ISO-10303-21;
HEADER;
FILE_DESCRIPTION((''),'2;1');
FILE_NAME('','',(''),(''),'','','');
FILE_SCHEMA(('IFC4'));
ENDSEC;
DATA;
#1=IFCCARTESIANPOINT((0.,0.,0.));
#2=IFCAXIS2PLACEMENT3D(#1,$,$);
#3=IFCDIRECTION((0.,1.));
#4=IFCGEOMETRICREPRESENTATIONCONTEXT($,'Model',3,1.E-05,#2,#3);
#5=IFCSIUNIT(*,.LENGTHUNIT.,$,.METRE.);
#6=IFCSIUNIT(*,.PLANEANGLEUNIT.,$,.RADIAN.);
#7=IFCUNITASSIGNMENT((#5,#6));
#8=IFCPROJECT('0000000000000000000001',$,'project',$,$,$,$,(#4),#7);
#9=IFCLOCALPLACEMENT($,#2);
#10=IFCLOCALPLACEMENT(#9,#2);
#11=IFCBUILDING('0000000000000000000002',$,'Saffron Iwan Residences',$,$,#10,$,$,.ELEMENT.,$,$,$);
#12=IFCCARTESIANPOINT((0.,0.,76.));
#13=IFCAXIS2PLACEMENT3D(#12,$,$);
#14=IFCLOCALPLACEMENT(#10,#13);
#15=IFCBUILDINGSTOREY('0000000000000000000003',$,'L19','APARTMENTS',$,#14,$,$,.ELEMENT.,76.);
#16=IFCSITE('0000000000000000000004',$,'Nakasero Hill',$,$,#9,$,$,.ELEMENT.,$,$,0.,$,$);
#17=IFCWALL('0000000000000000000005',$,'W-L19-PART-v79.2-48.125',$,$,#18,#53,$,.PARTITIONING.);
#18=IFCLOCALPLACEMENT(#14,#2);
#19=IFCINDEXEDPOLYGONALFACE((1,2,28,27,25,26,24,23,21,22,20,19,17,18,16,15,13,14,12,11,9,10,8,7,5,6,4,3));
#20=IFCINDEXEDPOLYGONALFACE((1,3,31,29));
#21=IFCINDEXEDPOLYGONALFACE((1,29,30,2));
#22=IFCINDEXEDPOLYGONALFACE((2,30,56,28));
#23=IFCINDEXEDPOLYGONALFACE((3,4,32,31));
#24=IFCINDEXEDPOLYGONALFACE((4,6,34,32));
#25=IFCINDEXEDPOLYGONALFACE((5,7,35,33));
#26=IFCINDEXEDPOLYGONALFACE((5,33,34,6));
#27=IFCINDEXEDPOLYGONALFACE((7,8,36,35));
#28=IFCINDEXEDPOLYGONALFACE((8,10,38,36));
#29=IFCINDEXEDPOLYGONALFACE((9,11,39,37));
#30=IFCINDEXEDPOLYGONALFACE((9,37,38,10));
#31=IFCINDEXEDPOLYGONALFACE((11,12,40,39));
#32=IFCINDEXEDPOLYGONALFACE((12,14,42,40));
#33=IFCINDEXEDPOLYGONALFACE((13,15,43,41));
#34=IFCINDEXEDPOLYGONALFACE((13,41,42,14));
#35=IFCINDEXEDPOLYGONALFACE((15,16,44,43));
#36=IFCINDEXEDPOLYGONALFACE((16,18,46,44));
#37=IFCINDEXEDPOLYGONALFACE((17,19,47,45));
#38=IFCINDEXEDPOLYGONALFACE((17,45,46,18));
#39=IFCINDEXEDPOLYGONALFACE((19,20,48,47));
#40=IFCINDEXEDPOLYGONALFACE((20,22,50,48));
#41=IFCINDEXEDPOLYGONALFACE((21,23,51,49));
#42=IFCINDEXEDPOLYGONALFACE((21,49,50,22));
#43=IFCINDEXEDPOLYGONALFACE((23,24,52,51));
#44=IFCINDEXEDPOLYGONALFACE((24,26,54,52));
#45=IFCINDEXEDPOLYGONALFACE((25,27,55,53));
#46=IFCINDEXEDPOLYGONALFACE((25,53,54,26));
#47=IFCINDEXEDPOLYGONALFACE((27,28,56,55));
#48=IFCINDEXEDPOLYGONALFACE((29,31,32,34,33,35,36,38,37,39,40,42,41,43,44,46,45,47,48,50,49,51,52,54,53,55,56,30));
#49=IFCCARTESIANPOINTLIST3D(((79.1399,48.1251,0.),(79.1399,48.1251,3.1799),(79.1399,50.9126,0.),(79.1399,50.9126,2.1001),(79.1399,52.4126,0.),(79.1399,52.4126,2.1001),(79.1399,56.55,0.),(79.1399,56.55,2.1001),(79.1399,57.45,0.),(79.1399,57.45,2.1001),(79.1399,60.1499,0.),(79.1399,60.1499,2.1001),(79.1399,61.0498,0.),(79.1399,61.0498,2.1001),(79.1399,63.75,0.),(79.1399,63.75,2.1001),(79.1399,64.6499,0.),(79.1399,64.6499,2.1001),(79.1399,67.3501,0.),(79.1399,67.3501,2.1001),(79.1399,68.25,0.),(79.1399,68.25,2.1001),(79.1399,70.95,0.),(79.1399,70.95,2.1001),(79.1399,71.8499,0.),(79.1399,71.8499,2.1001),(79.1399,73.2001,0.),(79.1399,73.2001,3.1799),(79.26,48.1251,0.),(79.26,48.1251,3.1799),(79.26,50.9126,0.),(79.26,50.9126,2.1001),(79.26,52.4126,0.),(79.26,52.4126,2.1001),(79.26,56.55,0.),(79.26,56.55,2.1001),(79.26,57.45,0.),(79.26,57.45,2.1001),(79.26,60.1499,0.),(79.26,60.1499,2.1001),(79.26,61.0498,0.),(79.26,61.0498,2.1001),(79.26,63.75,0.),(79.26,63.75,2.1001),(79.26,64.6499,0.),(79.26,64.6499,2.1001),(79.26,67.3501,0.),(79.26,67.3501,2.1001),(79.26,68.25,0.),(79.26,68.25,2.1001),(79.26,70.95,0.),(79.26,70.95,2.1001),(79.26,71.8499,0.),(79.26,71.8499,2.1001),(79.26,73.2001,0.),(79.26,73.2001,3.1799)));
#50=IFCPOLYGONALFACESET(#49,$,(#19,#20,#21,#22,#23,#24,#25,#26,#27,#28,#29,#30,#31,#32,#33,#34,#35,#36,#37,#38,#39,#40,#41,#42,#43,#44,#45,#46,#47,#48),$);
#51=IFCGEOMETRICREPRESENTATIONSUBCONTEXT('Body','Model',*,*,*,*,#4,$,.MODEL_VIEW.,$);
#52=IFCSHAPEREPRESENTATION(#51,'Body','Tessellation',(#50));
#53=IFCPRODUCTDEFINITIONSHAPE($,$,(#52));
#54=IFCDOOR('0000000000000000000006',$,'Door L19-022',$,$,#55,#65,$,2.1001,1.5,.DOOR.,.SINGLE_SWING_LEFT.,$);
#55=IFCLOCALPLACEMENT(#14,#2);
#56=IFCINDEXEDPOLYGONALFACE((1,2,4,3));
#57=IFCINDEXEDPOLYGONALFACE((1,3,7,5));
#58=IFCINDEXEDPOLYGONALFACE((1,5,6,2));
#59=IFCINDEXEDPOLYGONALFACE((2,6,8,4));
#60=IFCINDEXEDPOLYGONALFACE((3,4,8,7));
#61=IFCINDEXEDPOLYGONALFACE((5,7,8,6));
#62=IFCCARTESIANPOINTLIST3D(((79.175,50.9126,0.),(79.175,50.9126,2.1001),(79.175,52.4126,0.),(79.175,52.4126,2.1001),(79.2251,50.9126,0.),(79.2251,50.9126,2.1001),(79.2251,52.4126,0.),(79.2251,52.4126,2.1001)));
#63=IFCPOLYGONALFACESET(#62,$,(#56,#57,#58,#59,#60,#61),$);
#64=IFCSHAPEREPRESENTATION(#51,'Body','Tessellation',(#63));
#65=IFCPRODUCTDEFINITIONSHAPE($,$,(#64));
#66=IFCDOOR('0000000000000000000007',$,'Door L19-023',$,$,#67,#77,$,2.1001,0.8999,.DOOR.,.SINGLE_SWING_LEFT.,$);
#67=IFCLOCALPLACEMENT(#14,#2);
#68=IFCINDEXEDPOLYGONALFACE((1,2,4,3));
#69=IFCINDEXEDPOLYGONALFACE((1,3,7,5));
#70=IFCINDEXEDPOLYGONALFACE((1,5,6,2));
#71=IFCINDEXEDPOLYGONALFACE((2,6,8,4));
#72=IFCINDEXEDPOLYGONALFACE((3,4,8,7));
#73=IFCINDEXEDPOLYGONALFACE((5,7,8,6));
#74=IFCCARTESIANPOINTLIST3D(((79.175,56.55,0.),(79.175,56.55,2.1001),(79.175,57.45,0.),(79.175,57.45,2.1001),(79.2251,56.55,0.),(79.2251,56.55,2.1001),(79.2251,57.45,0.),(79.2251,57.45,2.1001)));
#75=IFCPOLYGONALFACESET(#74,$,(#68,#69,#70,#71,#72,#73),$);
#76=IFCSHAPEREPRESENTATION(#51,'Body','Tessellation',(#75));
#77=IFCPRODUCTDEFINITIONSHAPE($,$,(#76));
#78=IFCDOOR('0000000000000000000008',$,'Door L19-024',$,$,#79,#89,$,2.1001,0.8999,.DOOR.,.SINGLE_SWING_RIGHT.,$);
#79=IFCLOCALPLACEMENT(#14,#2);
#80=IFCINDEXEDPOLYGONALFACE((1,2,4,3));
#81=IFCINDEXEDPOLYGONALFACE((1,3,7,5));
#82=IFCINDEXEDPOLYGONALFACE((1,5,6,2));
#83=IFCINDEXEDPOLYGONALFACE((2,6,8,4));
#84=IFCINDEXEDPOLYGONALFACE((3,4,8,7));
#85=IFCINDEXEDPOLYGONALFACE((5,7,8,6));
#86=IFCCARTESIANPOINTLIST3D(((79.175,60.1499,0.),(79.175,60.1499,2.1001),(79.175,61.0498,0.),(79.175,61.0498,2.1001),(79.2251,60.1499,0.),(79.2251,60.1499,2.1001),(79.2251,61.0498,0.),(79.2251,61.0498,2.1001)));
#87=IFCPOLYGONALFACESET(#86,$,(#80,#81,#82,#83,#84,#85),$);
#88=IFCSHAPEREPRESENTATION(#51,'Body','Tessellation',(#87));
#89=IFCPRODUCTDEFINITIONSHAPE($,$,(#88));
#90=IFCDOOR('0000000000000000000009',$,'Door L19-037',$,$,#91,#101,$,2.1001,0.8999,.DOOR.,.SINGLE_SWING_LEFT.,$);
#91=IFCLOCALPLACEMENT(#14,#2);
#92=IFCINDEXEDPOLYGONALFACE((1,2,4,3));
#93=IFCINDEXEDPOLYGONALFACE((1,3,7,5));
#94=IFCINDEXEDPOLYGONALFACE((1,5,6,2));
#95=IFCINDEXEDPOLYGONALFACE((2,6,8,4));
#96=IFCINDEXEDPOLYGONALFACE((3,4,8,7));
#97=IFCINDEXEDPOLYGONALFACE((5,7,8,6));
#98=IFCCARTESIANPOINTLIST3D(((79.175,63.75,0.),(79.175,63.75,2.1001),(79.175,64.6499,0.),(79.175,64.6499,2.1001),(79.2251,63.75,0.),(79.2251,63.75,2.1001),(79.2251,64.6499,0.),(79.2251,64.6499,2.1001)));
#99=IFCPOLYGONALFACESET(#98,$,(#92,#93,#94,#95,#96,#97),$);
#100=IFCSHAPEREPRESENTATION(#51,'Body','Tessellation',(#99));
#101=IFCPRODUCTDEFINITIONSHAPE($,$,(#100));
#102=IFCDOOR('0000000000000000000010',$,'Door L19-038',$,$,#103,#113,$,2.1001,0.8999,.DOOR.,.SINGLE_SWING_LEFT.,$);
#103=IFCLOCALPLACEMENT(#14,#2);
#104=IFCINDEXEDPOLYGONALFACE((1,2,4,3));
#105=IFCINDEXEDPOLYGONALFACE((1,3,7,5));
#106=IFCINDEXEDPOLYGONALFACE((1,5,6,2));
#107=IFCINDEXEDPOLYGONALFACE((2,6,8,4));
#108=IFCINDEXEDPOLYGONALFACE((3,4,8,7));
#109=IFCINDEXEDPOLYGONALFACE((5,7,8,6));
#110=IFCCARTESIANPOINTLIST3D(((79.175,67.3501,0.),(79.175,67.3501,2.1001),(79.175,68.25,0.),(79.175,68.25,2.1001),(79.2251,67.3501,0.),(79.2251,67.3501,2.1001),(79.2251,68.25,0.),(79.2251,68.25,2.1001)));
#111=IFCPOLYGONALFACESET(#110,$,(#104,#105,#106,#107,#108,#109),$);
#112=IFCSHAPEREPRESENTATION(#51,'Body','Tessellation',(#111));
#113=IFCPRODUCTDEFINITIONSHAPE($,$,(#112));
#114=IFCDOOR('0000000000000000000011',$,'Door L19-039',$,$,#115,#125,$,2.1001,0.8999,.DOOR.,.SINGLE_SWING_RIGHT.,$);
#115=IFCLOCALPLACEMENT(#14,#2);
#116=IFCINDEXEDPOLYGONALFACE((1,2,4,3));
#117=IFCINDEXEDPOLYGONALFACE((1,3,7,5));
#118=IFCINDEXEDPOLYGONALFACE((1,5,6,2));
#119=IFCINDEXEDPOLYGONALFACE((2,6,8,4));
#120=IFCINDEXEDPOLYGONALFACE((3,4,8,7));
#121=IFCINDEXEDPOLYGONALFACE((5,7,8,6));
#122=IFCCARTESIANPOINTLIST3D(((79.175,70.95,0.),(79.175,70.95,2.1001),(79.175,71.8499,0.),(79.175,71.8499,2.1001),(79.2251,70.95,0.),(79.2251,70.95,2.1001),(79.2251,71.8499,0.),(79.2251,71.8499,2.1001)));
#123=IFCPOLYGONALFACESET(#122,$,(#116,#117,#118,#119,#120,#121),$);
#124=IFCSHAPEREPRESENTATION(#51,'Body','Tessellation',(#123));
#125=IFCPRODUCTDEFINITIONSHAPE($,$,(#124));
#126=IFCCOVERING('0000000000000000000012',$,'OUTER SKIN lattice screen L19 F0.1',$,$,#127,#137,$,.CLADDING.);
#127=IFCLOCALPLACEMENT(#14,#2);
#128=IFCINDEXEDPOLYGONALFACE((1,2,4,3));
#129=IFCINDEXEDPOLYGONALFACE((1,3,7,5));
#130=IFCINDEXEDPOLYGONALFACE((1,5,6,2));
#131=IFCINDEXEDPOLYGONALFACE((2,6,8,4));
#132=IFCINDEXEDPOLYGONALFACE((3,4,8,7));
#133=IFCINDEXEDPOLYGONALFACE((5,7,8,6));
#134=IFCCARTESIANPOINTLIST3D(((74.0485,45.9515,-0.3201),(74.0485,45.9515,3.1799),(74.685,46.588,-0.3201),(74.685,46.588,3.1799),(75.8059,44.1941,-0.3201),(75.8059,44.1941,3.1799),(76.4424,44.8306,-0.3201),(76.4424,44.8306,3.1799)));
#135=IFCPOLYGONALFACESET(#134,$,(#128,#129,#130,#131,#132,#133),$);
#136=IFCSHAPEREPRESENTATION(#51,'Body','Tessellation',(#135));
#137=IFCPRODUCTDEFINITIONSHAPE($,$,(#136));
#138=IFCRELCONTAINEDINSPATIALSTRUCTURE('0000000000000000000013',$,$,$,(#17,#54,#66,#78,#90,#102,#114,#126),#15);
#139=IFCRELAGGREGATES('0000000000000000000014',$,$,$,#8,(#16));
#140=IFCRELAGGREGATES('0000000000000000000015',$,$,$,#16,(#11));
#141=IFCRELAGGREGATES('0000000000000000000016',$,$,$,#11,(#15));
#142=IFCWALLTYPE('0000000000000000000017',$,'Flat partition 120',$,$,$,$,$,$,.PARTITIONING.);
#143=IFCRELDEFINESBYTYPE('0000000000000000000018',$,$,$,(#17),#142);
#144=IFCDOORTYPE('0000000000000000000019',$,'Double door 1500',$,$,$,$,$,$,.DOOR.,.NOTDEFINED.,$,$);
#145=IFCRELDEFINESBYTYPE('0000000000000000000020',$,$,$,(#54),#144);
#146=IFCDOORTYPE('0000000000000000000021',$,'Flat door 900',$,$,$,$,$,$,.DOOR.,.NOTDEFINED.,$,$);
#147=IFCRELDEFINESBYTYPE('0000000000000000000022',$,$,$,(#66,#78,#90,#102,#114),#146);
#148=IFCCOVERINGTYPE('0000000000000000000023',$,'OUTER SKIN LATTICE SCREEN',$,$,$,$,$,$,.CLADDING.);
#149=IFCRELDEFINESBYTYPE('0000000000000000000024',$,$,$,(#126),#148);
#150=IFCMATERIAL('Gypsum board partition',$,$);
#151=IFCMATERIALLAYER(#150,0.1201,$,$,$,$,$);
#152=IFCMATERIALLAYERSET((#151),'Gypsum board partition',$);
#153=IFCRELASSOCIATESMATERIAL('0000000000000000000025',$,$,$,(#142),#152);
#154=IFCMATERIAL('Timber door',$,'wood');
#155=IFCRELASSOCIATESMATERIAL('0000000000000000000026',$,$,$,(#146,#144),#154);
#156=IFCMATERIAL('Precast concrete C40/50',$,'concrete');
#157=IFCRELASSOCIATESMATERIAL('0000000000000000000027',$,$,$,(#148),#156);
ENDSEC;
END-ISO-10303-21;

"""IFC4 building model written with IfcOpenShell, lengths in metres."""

from ifc_helpers import new_model, si_unit, direction, frame, frame_2d, origin, place, context, subcontext, project, spatial, polyline, rectangle, outline, extrude, material, layer, layer_set, type_object, element, fill, save


model = new_model("IFC4")

# Units and contexts
model_context = context("Model", 3, precision=1e-05, world=origin(), true_north=direction((0.0, 1.0)))
body_context = subcontext(model_context, "Body", "Model", "MODEL_VIEW")
ifc_project = project(units=[si_unit("LENGTHUNIT", "METRE"), si_unit("PLANEANGLEUNIT", "RADIAN")], contexts=[model_context])

# Site, building, storey
site_placement = place(None, origin())
site = spatial("IfcSite", under=ifc_project, at=site_placement, Name="Nakasero Hill", CompositionType="ELEMENT", RefElevation=0.0)
building_placement = place(site_placement, origin())
building = spatial("IfcBuilding", under=site, at=building_placement, Name="Saffron Iwan Residences", CompositionType="ELEMENT")
storey_placement = place(building_placement, frame((0.0, 0.0, 76.0)))
storey = spatial("IfcBuildingStorey", under=building, at=storey_placement, Name="L19", Description="APARTMENTS", CompositionType="ELEMENT", Elevation=76.0)

# Shared definitions
ifc_material_1 = material(Name="Gypsum board partition")
ifc_layer_1 = layer(ifc_material_1, 0.1201)
ifc_layer_set_1 = layer_set([ifc_layer_1], Name="Gypsum board partition")
wall_type_1 = type_object("IfcWallType", Name="Flat partition 120", PredefinedType="PARTITIONING", material=ifc_layer_set_1)

# Shared definitions
ifc_material_2 = material(Name="Timber door", Category="wood")
door_type_1 = type_object("IfcDoorType", Name="Flat door 900", OperationType="NOTDEFINED", PredefinedType="DOOR", material=ifc_material_2)

# Wall, openings, doors
wall_1_placement = place(storey_placement, frame((79.2, 48.125, 0.0), z_axis=(0.0, 0.0, 1.0), x_axis=(0.0, 1.0, 0.0)))
wall_1 = element("IfcWall", 1, at=wall_1_placement, inside=storey, type_object=wall_type_1, Name="W-L19-PART-v79.2-48.125", PredefinedType="PARTITIONING", context=body_context, shape_type="SweptSolid", body=[
    extrude(rectangle(XDim=25.075, YDim=0.1201, at=frame_2d((12.5376, 0.0))), origin(), (0.0, 0.0, 1.0), 3.1799),
])
opening_1_placement = place(wall_1_placement, frame((2.7876, 0.0, 0.0)))
opening_1 = element("IfcOpeningElement", 2, at=opening_1_placement, cuts=wall_1, PredefinedType="OPENING", context=body_context, shape_type="SweptSolid", body=[
    extrude(rectangle(XDim=1.5, YDim=2.1001, at=frame_2d((0.75, 1.05))), frame((0.0, 0.0701, 0.0), z_axis=(0.0, -1.0, 0.0), x_axis=(1.0, 0.0, 0.0)), (0.0, 0.0, 1.0), 0.1401),
])
opening_2_placement = place(wall_1_placement, frame((8.425, 0.0, 0.0)))
opening_2 = element("IfcOpeningElement", 3, at=opening_2_placement, cuts=wall_1, PredefinedType="OPENING", context=body_context, shape_type="SweptSolid", body=[
    extrude(rectangle(XDim=0.8999, YDim=2.1001, at=frame_2d((0.45, 1.05))), frame((0.0, 0.0701, 0.0), z_axis=(0.0, -1.0, 0.0), x_axis=(1.0, 0.0, 0.0)), (0.0, 0.0, 1.0), 0.1401),
])
opening_3_placement = place(wall_1_placement, frame((12.0249, 0.0, 0.0)))
opening_3 = element("IfcOpeningElement", 4, at=opening_3_placement, cuts=wall_1, PredefinedType="OPENING", context=body_context, shape_type="SweptSolid", body=[
    extrude(rectangle(XDim=0.8999, YDim=2.1001, at=frame_2d((0.45, 1.05))), frame((0.0, 0.0701, 0.0), z_axis=(0.0, -1.0, 0.0), x_axis=(1.0, 0.0, 0.0)), (0.0, 0.0, 1.0), 0.1401),
])
opening_4_placement = place(wall_1_placement, frame((15.625, 0.0, 0.0)))
opening_4 = element("IfcOpeningElement", 5, at=opening_4_placement, cuts=wall_1, PredefinedType="OPENING", context=body_context, shape_type="SweptSolid", body=[
    extrude(rectangle(XDim=0.8999, YDim=2.1001, at=frame_2d((0.45, 1.05))), frame((0.0, 0.0701, 0.0), z_axis=(0.0, -1.0, 0.0), x_axis=(1.0, 0.0, 0.0)), (0.0, 0.0, 1.0), 0.1401),
])
opening_5_placement = place(wall_1_placement, frame((19.2251, 0.0, 0.0)))
opening_5 = element("IfcOpeningElement", 6, at=opening_5_placement, cuts=wall_1, PredefinedType="OPENING", context=body_context, shape_type="SweptSolid", body=[
    extrude(rectangle(XDim=0.8999, YDim=2.1001, at=frame_2d((0.45, 1.05))), frame((0.0, 0.0701, 0.0), z_axis=(0.0, -1.0, 0.0), x_axis=(1.0, 0.0, 0.0)), (0.0, 0.0, 1.0), 0.1401),
])
opening_6_placement = place(wall_1_placement, frame((22.825, 0.0, 0.0)))
opening_6 = element("IfcOpeningElement", 7, at=opening_6_placement, cuts=wall_1, PredefinedType="OPENING", context=body_context, shape_type="SweptSolid", body=[
    extrude(rectangle(XDim=0.8999, YDim=2.1001, at=frame_2d((0.45, 1.05))), frame((0.0, 0.0701, 0.0), z_axis=(0.0, -1.0, 0.0), x_axis=(1.0, 0.0, 0.0)), (0.0, 0.0, 1.0), 0.1401),
])
door_type_2 = type_object("IfcDoorType", Name="Double door 1500", OperationType="NOTDEFINED", PredefinedType="DOOR", material=ifc_material_2)
door_1_placement = place(opening_1_placement, origin())
door_1 = element("IfcDoor", 8, at=door_1_placement, inside=storey, type_object=door_type_2, Name="Door L19-022", OperationType="SINGLE_SWING_LEFT", OverallHeight=2.1001, OverallWidth=1.5, PredefinedType="DOOR", context=body_context, shape_type="SweptSolid", body=[
    extrude(rectangle(XDim=1.5, YDim=2.1001, at=frame_2d((0.75, 1.05))), frame((0.0, 0.0249, 0.0), z_axis=(0.0, -1.0, 0.0), x_axis=(1.0, 0.0, 0.0)), (0.0, 0.0, 1.0), 0.05),
])
fill(opening_1, door_1)
door_2_placement = place(opening_2_placement, origin())
door_2 = element("IfcDoor", 9, at=door_2_placement, inside=storey, type_object=door_type_1, Name="Door L19-023", OperationType="SINGLE_SWING_LEFT", OverallHeight=2.1001, OverallWidth=0.8999, PredefinedType="DOOR", context=body_context, shape_type="SweptSolid", body=[
    extrude(rectangle(XDim=0.8999, YDim=2.1001, at=frame_2d((0.45, 1.05))), frame((0.0, 0.0249, 0.0), z_axis=(0.0, -1.0, 0.0), x_axis=(1.0, 0.0, 0.0)), (0.0, 0.0, 1.0), 0.05),
])
fill(opening_2, door_2)
door_3_placement = place(opening_3_placement, origin())
door_3 = element("IfcDoor", 10, at=door_3_placement, inside=storey, type_object=door_type_1, Name="Door L19-024", OperationType="SINGLE_SWING_RIGHT", OverallHeight=2.1001, OverallWidth=0.8999, PredefinedType="DOOR", context=body_context, shape_type="SweptSolid", body=[
    extrude(rectangle(XDim=0.8999, YDim=2.1001, at=frame_2d((0.45, 1.05))), frame((0.0, 0.0249, 0.0), z_axis=(0.0, -1.0, 0.0), x_axis=(1.0, 0.0, 0.0)), (0.0, 0.0, 1.0), 0.05),
])
fill(opening_3, door_3)
door_4_placement = place(opening_4_placement, origin())
door_4 = element("IfcDoor", 11, at=door_4_placement, inside=storey, type_object=door_type_1, Name="Door L19-037", OperationType="SINGLE_SWING_LEFT", OverallHeight=2.1001, OverallWidth=0.8999, PredefinedType="DOOR", context=body_context, shape_type="SweptSolid", body=[
    extrude(rectangle(XDim=0.8999, YDim=2.1001, at=frame_2d((0.45, 1.05))), frame((0.0, 0.0249, 0.0), z_axis=(0.0, -1.0, 0.0), x_axis=(1.0, 0.0, 0.0)), (0.0, 0.0, 1.0), 0.05),
])
fill(opening_4, door_4)
door_5_placement = place(opening_5_placement, origin())
door_5 = element("IfcDoor", 12, at=door_5_placement, inside=storey, type_object=door_type_1, Name="Door L19-038", OperationType="SINGLE_SWING_LEFT", OverallHeight=2.1001, OverallWidth=0.8999, PredefinedType="DOOR", context=body_context, shape_type="SweptSolid", body=[
    extrude(rectangle(XDim=0.8999, YDim=2.1001, at=frame_2d((0.45, 1.05))), frame((0.0, 0.0249, 0.0), z_axis=(0.0, -1.0, 0.0), x_axis=(1.0, 0.0, 0.0)), (0.0, 0.0, 1.0), 0.05),
])
fill(opening_5, door_5)
door_6_placement = place(opening_6_placement, origin())
door_6 = element("IfcDoor", 13, at=door_6_placement, inside=storey, type_object=door_type_1, Name="Door L19-039", OperationType="SINGLE_SWING_RIGHT", OverallHeight=2.1001, OverallWidth=0.8999, PredefinedType="DOOR", context=body_context, shape_type="SweptSolid", body=[
    extrude(rectangle(XDim=0.8999, YDim=2.1001, at=frame_2d((0.45, 1.05))), frame((0.0, 0.0249, 0.0), z_axis=(0.0, -1.0, 0.0), x_axis=(1.0, 0.0, 0.0)), (0.0, 0.0, 1.0), 0.05),
])
fill(opening_6, door_6)

# Covering
ifc_material_3 = material(Name="Precast concrete C40/50", Category="concrete")
covering_type = type_object("IfcCoveringType", Name="OUTER SKIN LATTICE SCREEN", PredefinedType="CLADDING", material=ifc_material_3)
covering_1_placement = place(storey_placement, frame((75.8059, 44.1941, -0.3201), z_axis=(0.707107, 0.707107, 0.0), x_axis=(-0.707107, 0.707107, 0.0)))
element("IfcCovering", 14, at=covering_1_placement, inside=storey, type_object=covering_type, Name="OUTER SKIN lattice screen L19 F0.1", PredefinedType="CLADDING", context=body_context, shape_type="SweptSolid", body=[
    extrude(outline(polyline([(0.0, 0.0), (2.4854, 0.0), (2.4854, 3.5), (0.0, 3.5), (0.0, 0.0)])), origin(), (0.0, 0.0, 1.0), 0.9001),
])

save(model, "model.ifc")
